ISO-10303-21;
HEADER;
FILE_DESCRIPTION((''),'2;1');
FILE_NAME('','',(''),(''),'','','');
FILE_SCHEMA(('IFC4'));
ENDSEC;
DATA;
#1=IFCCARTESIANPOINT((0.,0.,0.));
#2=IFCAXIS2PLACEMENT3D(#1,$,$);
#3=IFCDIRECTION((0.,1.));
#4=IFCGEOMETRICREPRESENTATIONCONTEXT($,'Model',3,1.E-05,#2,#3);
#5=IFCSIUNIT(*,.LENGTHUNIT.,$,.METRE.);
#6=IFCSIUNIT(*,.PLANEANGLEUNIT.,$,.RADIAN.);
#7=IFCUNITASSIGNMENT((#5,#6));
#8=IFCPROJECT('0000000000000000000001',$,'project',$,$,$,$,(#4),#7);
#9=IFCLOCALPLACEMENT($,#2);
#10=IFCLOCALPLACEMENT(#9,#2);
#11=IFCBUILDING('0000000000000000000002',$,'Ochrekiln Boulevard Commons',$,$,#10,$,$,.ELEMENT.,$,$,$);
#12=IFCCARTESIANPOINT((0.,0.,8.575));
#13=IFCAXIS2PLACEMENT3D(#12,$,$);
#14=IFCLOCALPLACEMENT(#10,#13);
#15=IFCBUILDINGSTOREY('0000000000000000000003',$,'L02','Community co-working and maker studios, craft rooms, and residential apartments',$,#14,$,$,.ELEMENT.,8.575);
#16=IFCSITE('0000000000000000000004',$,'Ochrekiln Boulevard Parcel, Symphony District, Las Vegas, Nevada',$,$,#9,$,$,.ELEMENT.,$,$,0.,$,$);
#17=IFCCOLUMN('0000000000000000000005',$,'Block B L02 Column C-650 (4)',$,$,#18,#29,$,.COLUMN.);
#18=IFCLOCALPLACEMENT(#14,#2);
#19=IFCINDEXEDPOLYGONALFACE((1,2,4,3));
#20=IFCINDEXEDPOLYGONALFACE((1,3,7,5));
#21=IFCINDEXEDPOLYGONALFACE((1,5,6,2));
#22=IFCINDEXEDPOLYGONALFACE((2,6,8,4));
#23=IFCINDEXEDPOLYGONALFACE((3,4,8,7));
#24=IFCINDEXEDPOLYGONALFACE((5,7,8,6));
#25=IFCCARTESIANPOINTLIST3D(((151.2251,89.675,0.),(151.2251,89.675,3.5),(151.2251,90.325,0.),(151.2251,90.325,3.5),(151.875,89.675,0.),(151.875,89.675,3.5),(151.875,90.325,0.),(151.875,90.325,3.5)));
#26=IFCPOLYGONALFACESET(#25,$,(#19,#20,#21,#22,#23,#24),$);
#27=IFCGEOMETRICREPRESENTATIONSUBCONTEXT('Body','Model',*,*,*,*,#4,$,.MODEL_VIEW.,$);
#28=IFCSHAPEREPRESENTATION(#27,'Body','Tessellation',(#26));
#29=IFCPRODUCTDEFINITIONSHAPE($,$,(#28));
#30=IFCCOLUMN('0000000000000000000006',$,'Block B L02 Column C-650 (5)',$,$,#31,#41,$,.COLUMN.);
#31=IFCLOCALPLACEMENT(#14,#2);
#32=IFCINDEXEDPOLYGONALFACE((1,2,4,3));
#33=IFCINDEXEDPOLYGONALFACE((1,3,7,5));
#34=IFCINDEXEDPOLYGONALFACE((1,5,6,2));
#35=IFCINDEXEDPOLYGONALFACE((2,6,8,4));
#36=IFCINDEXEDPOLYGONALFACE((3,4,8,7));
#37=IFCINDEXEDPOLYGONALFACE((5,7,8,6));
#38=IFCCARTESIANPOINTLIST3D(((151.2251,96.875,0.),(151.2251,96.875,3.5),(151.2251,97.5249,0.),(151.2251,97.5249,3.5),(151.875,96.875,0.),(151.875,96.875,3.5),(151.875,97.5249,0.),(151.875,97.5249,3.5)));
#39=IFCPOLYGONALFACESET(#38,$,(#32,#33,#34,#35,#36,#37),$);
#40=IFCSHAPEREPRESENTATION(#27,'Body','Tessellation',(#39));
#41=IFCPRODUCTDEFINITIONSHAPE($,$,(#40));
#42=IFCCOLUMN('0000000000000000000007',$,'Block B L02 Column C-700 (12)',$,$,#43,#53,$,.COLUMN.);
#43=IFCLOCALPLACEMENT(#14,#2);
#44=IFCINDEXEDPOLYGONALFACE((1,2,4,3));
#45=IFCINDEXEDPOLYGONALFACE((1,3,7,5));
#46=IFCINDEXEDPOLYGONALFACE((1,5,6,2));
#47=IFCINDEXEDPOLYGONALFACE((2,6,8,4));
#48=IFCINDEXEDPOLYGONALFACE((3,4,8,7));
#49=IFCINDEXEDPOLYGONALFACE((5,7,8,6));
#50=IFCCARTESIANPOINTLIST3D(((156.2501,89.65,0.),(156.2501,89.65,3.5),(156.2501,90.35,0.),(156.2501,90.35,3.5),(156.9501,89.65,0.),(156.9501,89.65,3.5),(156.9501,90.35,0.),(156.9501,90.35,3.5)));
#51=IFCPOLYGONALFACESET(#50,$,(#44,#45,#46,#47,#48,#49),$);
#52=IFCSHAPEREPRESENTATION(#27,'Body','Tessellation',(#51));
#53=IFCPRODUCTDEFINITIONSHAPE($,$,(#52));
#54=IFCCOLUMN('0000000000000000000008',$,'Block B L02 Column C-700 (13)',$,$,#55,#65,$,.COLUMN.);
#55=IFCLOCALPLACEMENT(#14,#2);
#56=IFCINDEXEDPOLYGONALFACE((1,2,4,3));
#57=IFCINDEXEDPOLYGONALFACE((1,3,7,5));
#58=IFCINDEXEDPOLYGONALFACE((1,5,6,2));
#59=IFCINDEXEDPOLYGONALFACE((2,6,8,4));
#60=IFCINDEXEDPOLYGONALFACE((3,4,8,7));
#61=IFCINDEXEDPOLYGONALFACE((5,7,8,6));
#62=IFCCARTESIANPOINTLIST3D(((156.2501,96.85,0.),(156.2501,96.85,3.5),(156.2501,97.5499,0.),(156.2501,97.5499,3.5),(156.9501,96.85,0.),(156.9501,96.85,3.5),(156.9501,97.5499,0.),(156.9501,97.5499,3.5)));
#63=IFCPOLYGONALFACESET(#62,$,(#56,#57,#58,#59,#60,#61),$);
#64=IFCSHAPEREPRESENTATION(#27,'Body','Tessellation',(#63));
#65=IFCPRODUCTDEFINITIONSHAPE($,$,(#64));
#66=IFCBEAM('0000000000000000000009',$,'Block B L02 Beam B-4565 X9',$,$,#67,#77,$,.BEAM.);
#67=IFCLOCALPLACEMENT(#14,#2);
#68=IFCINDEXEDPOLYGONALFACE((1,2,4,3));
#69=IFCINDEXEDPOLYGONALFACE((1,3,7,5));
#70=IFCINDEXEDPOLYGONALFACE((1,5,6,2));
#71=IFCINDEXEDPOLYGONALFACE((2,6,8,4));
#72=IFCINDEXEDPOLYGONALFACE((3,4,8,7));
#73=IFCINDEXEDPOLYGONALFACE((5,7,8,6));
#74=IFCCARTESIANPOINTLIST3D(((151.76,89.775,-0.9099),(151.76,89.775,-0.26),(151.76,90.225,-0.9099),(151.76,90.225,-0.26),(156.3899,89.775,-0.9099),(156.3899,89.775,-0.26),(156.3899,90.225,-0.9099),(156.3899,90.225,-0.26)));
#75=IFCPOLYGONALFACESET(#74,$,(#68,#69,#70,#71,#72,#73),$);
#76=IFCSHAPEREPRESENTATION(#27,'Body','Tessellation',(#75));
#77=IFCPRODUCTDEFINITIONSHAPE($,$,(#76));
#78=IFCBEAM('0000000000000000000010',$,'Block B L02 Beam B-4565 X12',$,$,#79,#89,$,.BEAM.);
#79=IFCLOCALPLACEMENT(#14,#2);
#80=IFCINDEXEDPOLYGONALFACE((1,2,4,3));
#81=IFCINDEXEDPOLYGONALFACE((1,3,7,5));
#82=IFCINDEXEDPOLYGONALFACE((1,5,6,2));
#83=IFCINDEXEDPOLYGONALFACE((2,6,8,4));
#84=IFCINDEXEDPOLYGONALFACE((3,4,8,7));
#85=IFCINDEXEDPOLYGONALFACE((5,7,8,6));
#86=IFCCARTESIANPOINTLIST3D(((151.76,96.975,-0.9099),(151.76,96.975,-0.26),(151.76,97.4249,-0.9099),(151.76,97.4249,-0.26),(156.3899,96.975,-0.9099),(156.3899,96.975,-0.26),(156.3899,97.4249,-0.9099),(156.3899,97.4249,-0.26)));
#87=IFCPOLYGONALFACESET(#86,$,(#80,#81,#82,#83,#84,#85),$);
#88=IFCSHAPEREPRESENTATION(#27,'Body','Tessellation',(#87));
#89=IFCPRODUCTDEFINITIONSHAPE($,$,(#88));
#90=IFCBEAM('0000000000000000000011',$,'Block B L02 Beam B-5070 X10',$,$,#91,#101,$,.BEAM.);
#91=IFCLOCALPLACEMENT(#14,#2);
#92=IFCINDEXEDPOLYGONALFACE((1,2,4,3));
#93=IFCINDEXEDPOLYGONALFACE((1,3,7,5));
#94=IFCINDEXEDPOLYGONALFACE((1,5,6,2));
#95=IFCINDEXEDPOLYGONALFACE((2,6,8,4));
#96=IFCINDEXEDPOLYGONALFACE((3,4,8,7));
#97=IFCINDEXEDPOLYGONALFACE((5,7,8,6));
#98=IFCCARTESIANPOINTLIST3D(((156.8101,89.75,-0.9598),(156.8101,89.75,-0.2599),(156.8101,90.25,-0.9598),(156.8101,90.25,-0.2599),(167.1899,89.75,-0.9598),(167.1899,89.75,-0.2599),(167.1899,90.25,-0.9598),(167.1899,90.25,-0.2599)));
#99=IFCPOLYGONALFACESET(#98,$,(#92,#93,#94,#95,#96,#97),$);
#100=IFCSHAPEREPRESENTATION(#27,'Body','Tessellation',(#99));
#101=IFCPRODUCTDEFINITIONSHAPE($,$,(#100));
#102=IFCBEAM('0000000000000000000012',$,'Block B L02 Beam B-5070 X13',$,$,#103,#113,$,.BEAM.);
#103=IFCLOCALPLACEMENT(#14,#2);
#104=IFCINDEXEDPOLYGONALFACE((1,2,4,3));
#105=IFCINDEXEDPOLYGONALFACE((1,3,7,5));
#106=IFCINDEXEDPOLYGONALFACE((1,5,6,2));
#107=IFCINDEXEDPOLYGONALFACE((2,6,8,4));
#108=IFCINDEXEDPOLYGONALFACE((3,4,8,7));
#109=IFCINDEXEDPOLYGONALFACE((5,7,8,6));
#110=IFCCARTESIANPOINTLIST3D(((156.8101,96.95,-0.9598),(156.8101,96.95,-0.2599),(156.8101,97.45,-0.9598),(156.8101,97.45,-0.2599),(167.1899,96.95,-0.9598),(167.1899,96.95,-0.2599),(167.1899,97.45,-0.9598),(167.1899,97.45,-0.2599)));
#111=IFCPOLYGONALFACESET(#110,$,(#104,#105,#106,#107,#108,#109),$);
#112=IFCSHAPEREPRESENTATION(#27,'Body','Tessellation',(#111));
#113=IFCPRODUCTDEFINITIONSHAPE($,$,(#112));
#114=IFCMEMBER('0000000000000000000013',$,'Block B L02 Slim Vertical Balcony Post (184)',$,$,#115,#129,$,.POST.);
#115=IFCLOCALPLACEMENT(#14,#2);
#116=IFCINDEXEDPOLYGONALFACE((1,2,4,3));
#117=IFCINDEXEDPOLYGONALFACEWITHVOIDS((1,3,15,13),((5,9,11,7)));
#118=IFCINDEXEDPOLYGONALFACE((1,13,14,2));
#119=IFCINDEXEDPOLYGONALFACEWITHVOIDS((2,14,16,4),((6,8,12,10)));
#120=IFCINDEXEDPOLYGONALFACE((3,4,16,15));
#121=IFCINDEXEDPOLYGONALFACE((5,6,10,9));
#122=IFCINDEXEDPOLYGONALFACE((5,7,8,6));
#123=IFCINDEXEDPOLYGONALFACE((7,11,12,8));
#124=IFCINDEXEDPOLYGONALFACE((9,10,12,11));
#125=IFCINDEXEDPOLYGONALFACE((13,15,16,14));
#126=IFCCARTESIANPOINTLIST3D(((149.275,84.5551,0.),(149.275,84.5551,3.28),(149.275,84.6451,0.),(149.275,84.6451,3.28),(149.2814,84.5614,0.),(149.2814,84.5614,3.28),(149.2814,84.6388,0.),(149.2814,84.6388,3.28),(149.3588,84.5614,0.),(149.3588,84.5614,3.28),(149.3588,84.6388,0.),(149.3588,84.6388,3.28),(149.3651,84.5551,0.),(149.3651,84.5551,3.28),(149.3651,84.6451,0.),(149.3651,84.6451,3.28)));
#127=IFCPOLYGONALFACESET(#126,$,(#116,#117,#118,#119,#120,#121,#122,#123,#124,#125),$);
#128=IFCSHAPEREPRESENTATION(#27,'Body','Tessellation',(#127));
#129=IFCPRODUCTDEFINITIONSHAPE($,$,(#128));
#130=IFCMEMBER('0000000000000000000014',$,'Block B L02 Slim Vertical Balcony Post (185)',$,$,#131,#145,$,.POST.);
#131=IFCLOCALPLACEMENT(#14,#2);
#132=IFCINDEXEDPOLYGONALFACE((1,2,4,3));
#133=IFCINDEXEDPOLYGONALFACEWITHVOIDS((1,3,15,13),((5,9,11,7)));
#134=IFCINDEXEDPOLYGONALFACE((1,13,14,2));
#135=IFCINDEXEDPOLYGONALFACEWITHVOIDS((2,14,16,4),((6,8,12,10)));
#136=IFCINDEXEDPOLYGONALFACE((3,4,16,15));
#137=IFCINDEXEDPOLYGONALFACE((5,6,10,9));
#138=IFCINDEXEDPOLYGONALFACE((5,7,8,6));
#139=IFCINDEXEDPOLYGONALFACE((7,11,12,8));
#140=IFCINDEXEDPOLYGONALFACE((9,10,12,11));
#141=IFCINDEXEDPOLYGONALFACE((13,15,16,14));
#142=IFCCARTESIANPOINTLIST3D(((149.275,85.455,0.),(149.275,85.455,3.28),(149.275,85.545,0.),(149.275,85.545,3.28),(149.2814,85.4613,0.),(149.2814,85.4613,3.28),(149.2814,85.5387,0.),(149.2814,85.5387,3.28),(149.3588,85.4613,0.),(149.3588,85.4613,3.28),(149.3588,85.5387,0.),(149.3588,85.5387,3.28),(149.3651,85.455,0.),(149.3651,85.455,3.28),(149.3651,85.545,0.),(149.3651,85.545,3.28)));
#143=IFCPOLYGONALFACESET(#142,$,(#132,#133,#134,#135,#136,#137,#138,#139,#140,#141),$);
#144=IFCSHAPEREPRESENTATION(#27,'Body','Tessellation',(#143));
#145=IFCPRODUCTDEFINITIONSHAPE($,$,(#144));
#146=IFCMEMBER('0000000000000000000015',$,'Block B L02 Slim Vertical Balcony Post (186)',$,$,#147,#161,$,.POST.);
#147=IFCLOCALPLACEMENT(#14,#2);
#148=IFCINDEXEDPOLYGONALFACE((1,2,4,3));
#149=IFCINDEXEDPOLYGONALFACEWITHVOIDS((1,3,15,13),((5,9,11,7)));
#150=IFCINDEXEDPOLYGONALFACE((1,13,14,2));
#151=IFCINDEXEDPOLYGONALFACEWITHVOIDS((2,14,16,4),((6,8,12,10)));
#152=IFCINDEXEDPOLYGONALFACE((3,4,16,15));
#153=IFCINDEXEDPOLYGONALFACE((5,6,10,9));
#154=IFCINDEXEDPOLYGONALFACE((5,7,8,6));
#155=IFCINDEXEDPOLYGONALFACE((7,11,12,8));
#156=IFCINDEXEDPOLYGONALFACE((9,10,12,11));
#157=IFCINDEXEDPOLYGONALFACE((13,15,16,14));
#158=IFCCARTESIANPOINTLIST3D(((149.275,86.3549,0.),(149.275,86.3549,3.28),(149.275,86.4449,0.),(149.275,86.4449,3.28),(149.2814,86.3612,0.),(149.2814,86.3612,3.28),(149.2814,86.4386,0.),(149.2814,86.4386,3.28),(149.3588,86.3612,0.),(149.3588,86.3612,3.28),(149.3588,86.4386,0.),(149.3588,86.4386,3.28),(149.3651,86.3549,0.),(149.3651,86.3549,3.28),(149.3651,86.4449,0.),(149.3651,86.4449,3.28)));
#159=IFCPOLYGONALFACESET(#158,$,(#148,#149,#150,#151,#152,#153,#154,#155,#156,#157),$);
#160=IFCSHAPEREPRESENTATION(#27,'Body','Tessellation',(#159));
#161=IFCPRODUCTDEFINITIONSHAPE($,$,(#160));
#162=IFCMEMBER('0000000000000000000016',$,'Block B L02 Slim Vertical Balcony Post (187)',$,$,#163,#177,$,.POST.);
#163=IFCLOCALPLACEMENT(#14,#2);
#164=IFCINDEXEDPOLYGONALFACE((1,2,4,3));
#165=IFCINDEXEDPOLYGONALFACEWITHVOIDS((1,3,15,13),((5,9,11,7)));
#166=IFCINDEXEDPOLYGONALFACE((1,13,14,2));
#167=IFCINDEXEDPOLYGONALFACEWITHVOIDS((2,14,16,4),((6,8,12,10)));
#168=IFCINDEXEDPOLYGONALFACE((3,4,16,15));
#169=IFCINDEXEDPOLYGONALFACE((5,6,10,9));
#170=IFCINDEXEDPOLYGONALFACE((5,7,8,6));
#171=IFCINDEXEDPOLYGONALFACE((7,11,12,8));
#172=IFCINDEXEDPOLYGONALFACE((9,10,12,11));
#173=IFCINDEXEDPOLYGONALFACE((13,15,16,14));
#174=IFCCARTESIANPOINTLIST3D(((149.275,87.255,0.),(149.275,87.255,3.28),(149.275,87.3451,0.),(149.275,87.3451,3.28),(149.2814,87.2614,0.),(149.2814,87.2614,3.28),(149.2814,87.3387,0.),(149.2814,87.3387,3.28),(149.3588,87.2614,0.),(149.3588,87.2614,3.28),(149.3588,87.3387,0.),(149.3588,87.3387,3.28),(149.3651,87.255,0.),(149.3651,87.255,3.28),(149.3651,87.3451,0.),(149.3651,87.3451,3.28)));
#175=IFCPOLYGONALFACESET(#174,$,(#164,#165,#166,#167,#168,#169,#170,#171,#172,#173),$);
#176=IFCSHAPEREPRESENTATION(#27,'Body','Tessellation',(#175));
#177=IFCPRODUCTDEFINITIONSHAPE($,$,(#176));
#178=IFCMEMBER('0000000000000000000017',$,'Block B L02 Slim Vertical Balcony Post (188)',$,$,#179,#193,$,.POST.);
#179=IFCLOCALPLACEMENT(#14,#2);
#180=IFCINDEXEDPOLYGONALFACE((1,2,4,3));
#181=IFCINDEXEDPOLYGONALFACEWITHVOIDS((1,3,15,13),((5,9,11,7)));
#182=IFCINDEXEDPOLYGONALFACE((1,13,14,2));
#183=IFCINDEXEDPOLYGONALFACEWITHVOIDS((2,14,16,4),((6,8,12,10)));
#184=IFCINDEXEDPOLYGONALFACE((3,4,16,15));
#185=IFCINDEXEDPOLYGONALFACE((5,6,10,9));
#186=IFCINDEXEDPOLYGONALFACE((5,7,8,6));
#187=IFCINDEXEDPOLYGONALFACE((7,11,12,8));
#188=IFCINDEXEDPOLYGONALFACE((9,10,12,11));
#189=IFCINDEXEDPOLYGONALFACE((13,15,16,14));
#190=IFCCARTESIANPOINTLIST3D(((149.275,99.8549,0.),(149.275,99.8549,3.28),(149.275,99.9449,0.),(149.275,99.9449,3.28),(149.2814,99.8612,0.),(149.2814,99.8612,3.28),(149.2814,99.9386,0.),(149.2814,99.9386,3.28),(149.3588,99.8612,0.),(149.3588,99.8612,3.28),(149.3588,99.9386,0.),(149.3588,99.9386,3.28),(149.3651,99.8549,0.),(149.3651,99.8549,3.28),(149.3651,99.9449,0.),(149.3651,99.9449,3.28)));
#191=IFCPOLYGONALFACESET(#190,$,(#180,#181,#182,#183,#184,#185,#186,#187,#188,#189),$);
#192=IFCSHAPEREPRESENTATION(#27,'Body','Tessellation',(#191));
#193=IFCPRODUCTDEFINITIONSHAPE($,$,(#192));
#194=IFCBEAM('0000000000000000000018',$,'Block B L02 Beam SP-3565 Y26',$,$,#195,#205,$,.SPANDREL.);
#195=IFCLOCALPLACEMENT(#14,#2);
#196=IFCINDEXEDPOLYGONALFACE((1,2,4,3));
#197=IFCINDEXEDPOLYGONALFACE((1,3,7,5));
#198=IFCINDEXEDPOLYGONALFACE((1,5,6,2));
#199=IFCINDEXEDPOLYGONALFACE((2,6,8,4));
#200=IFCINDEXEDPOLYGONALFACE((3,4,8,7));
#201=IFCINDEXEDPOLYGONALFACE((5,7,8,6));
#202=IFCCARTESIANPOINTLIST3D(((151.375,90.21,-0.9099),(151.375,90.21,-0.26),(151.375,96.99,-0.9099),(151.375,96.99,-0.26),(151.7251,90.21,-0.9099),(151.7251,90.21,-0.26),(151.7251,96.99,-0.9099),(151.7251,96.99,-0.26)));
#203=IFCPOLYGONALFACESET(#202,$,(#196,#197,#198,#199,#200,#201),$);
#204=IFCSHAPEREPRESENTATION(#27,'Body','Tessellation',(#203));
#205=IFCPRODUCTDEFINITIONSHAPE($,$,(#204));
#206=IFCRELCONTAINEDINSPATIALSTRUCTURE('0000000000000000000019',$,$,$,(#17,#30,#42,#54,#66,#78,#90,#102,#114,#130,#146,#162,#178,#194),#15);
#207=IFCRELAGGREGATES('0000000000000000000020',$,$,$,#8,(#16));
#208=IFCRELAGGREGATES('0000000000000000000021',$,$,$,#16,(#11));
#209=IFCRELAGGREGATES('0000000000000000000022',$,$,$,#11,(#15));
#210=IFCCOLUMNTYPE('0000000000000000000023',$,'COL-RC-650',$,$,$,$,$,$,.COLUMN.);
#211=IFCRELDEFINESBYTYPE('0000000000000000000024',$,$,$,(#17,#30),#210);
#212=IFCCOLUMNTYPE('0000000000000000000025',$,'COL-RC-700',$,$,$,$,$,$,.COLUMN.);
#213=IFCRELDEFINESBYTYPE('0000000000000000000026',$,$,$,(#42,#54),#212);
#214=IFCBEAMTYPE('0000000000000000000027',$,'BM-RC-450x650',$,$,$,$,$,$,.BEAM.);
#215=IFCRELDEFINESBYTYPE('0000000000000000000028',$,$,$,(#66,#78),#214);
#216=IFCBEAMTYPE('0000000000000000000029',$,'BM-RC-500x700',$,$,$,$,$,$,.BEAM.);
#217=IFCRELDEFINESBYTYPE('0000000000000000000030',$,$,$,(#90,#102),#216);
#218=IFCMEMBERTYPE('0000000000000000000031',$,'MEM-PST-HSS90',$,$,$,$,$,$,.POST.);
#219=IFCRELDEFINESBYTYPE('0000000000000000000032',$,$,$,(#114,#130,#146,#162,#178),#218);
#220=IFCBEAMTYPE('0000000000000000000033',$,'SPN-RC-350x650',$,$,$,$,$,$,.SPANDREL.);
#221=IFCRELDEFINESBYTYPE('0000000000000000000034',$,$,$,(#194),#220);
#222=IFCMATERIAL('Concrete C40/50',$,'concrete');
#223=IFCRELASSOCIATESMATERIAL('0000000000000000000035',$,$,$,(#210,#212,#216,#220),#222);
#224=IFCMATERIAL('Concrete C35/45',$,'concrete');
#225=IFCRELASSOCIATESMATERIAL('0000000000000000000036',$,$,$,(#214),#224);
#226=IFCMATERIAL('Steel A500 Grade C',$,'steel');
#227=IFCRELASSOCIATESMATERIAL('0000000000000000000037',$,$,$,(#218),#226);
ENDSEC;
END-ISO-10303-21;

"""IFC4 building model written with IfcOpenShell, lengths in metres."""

from ifc_helpers import new_model, si_unit, direction, frame, origin, origin_2d, place, context, subcontext, project, spatial, rectangle, hollow_rectangle, extrude, material, material_profile, profile_set, type_object, element, save


model = new_model("IFC4")

# Units and contexts
model_context = context("Model", 3, precision=1e-05, world=origin(), true_north=direction((0.0, 1.0)))
body_context = subcontext(model_context, "Body", "Model", "MODEL_VIEW")
ifc_project = project(units=[si_unit("LENGTHUNIT", "METRE"), si_unit("PLANEANGLEUNIT", "RADIAN")], contexts=[model_context])

# Site, building, storey
site_placement = place(None, origin())
site = spatial("IfcSite", under=ifc_project, at=site_placement, Name="Ochrekiln Boulevard Parcel, Symphony District, Las Vegas, Nevada", CompositionType="ELEMENT", RefElevation=0.0)
building_placement = place(site_placement, origin())
building = spatial("IfcBuilding", under=site, at=building_placement, Name="Ochrekiln Boulevard Commons", CompositionType="ELEMENT")
storey_placement = place(building_placement, frame((0.0, 0.0, 8.575)))
storey = spatial("IfcBuildingStorey", under=building, at=storey_placement, Name="L02", Description="Community co-working and maker studios, craft rooms, and residential apartments", CompositionType="ELEMENT", Elevation=8.575)

# Columns
ifc_material_1 = material(Name="Concrete C40/50", Category="concrete")
ifc_material_profile_1 = material_profile(ifc_material_1, rectangle(XDim=0.6499, YDim=0.6499, at=origin_2d()), Name="RC-COL-650x650")
ifc_profile_set_1 = profile_set([ifc_material_profile_1], Name="Concrete C40/50")
column_type_1 = type_object("IfcColumnType", Name="COL-RC-650", PredefinedType="COLUMN", material=ifc_profile_set_1)
for number, where, z_axis, x_axis, name in (
    (1, (151.55, 90.0, 0.0), (0.0, 0.0, 1.0), (1.0, 0.0, 0.0), "Block B L02 Column C-650 (4)"),
    (2, (151.55, 97.2, 0.0), (0.0, 0.0, 1.0), (1.0, 0.0, 0.0), "Block B L02 Column C-650 (5)"),
):
    element("IfcColumn", number, at=place(storey_placement, frame(where, z_axis=z_axis, x_axis=x_axis)), inside=storey, type_object=column_type_1, Name=name, PredefinedType="COLUMN", context=body_context, shape_type="SweptSolid", body=[
        extrude(rectangle(XDim=0.6499, YDim=0.6499, at=origin_2d()), origin(), (0.0, 0.0, 1.0), 3.5),
    ])
ifc_material_profile_2 = material_profile(ifc_material_1, rectangle(XDim=0.7, YDim=0.7, at=origin_2d()), Name="RC-COL-700x700")
ifc_profile_set_2 = profile_set([ifc_material_profile_2], Name="Concrete C40/50")
column_type_2 = type_object("IfcColumnType", Name="COL-RC-700", PredefinedType="COLUMN", material=ifc_profile_set_2)
for number, where, z_axis, x_axis, name in (
    (3, (156.6001, 90.0, 0.0), (0.0, 0.0, 1.0), (1.0, 0.0, 0.0), "Block B L02 Column C-700 (12)"),
    (4, (156.6001, 97.2, 0.0), (0.0, 0.0, 1.0), (1.0, 0.0, 0.0), "Block B L02 Column C-700 (13)"),
):
    element("IfcColumn", number, at=place(storey_placement, frame(where, z_axis=z_axis, x_axis=x_axis)), inside=storey, type_object=column_type_2, Name=name, PredefinedType="COLUMN", context=body_context, shape_type="SweptSolid", body=[
        extrude(rectangle(XDim=0.7, YDim=0.7, at=origin_2d()), origin(), (0.0, 0.0, 1.0), 3.5),
    ])

# Beams
ifc_material_2 = material(Name="Concrete C35/45", Category="concrete")
ifc_material_profile_3 = material_profile(ifc_material_2, rectangle(XDim=0.45, YDim=0.6499, at=origin_2d()), Name="RC-BM-450x650")
ifc_profile_set_3 = profile_set([ifc_material_profile_3], Name="Concrete C35/45")
beam_type_1 = type_object("IfcBeamType", Name="BM-RC-450x650", PredefinedType="BEAM", material=ifc_profile_set_3)
for number, where, z_axis, x_axis, name in (
    (5, (151.76, 90.0, -0.585), (1.0, 0.0, 0.0), (0.0, 1.0, 0.0), "Block B L02 Beam B-4565 X9"),
    (6, (151.76, 97.2, -0.585), (1.0, 0.0, 0.0), (0.0, 1.0, 0.0), "Block B L02 Beam B-4565 X12"),
):
    element("IfcBeam", number, at=place(storey_placement, frame(where, z_axis=z_axis, x_axis=x_axis)), inside=storey, type_object=beam_type_1, Name=name, PredefinedType="BEAM", context=body_context, shape_type="SweptSolid", body=[
        extrude(rectangle(XDim=0.45, YDim=0.6499, at=origin_2d()), origin(), (0.0, 0.0, 1.0), 4.6299),
    ])
ifc_material_profile_4 = material_profile(ifc_material_1, rectangle(XDim=0.5, YDim=0.7, at=origin_2d()), Name="RC-BM-500x700")
ifc_profile_set_4 = profile_set([ifc_material_profile_4], Name="Concrete C40/50")
beam_type_2 = type_object("IfcBeamType", Name="BM-RC-500x700", PredefinedType="BEAM", material=ifc_profile_set_4)
for number, where, z_axis, x_axis, name in (
    (7, (156.8101, 90.0, -0.6099), (1.0, 0.0, 0.0), (0.0, 1.0, 0.0), "Block B L02 Beam B-5070 X10"),
    (8, (156.8101, 97.2, -0.6099), (1.0, 0.0, 0.0), (0.0, 1.0, 0.0), "Block B L02 Beam B-5070 X13"),
):
    element("IfcBeam", number, at=place(storey_placement, frame(where, z_axis=z_axis, x_axis=x_axis)), inside=storey, type_object=beam_type_2, Name=name, PredefinedType="BEAM", context=body_context, shape_type="SweptSolid", body=[
        extrude(rectangle(XDim=0.5, YDim=0.7, at=origin_2d()), origin(), (0.0, 0.0, 1.0), 10.3799),
    ])

# Members
ifc_material_3 = material(Name="Steel A500 Grade C", Category="steel")
ifc_material_profile_5 = material_profile(ifc_material_3, hollow_rectangle(XDim=0.0901, YDim=0.0901, WallThickness=0.0063, at=origin_2d()), Name="HSS90X90X6.4")
ifc_profile_set_5 = profile_set([ifc_material_profile_5], Name="Steel A500 Grade C")
member_type = type_object("IfcMemberType", Name="MEM-PST-HSS90", PredefinedType="POST", material=ifc_profile_set_5)
for number, where, z_axis, x_axis, name in (
    (9, (149.3201, 84.6001, 0.0), (0.0, 0.0, 1.0), (1.0, 0.0, 0.0), "Block B L02 Slim Vertical Balcony Post (184)"),
    (10, (149.3201, 85.5, 0.0), (0.0, 0.0, 1.0), (1.0, 0.0, 0.0), "Block B L02 Slim Vertical Balcony Post (185)"),
    (11, (149.3201, 86.3999, 0.0), (0.0, 0.0, 1.0), (1.0, 0.0, 0.0), "Block B L02 Slim Vertical Balcony Post (186)"),
    (12, (149.3201, 87.3, 0.0), (0.0, 0.0, 1.0), (1.0, 0.0, 0.0), "Block B L02 Slim Vertical Balcony Post (187)"),
    (13, (149.3201, 99.8999, 0.0), (0.0, 0.0, 1.0), (1.0, 0.0, 0.0), "Block B L02 Slim Vertical Balcony Post (188)"),
):
    element("IfcMember", number, at=place(storey_placement, frame(where, z_axis=z_axis, x_axis=x_axis)), inside=storey, type_object=member_type, Name=name, PredefinedType="POST", context=body_context, shape_type="SweptSolid", body=[
        extrude(hollow_rectangle(XDim=0.0901, YDim=0.0901, WallThickness=0.0063, at=origin_2d()), origin(), (0.0, 0.0, 1.0), 3.28),
    ])

# Beam
ifc_material_profile_6 = material_profile(ifc_material_1, rectangle(XDim=0.3501, YDim=0.6499, at=origin_2d()), Name="RC-SPN-350x650")
ifc_profile_set_6 = profile_set([ifc_material_profile_6], Name="Concrete C40/50")
beam_type_3 = type_object("IfcBeamType", Name="SPN-RC-350x650", PredefinedType="SPANDREL", material=ifc_profile_set_6)
for number, where, z_axis, x_axis, name in (
    (14, (151.55, 90.21, -0.585), (0.0, 1.0, 0.0), (-1.0, 0.0, 0.0), "Block B L02 Beam SP-3565 Y26"),
):
    element("IfcBeam", number, at=place(storey_placement, frame(where, z_axis=z_axis, x_axis=x_axis)), inside=storey, type_object=beam_type_3, Name=name, PredefinedType="SPANDREL", context=body_context, shape_type="SweptSolid", body=[
        extrude(rectangle(XDim=0.3501, YDim=0.6499, at=origin_2d()), origin(), (0.0, 0.0, 1.0), 6.78),
    ])

save(model, "model.ifc")
